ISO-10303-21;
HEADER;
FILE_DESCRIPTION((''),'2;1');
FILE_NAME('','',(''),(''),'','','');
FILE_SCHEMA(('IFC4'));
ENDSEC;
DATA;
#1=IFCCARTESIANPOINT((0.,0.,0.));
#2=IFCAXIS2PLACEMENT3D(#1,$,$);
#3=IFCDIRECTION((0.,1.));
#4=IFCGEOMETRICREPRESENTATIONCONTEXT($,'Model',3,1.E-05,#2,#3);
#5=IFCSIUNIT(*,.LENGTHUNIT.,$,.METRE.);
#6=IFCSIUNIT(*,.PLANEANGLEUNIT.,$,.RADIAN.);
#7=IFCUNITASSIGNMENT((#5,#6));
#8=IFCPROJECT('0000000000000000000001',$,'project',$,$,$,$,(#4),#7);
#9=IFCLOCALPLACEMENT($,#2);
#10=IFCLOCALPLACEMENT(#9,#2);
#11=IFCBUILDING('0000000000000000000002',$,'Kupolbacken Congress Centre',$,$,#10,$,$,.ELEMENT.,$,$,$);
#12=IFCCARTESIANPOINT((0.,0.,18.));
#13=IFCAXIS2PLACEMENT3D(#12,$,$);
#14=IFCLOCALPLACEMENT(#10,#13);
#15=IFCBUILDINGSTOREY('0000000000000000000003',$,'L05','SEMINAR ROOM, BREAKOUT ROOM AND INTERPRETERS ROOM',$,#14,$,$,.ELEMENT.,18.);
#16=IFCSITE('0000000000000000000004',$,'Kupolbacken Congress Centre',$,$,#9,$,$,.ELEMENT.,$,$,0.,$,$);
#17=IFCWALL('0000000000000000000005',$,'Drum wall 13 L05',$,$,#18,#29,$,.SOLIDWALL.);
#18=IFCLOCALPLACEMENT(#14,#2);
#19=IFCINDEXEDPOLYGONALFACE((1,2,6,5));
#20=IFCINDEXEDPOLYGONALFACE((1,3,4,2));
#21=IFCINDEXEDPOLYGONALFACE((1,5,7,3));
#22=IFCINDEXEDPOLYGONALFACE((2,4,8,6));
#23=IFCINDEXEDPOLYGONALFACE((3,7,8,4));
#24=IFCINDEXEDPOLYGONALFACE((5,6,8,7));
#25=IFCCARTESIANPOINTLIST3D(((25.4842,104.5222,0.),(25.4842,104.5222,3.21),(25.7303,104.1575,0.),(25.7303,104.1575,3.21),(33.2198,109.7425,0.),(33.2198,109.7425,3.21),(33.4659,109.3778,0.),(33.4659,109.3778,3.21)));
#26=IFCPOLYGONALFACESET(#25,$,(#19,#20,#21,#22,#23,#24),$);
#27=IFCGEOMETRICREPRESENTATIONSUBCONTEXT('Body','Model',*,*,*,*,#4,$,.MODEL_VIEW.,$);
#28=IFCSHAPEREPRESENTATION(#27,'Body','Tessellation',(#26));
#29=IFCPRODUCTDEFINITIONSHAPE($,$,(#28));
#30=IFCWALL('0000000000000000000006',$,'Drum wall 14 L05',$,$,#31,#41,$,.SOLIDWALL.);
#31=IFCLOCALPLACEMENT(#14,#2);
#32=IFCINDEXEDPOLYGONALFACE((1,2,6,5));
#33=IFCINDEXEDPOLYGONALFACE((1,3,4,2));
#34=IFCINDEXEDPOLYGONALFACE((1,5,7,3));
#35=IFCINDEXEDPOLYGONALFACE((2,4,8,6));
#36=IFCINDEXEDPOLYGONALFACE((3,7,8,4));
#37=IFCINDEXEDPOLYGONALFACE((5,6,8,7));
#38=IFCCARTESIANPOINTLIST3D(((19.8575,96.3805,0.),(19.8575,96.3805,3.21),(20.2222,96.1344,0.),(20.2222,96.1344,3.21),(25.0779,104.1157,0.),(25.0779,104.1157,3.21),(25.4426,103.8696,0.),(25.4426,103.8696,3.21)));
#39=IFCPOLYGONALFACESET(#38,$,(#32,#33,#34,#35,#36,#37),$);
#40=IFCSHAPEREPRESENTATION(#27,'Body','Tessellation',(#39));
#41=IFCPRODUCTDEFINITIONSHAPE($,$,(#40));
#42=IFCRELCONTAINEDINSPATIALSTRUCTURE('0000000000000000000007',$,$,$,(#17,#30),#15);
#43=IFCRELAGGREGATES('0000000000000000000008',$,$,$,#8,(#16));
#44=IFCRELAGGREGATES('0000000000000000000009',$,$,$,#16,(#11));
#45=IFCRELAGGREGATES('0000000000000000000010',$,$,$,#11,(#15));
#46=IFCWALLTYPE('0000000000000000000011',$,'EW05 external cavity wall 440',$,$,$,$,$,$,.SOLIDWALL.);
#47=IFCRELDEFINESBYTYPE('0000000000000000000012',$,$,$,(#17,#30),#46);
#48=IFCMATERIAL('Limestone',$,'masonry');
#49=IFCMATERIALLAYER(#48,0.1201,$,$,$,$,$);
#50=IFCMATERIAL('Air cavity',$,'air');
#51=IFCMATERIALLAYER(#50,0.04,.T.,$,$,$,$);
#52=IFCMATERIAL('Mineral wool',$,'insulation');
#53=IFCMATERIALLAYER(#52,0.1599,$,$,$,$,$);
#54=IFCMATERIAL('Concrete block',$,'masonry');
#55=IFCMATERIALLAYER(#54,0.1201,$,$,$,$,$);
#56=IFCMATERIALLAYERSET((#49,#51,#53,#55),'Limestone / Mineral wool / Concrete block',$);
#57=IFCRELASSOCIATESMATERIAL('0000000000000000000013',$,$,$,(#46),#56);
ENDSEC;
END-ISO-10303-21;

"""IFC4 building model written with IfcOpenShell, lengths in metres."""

from ifc_helpers import new_model, si_unit, direction, frame, frame_2d, origin, place, context, subcontext, project, spatial, rectangle, extrude, material, layer, layer_set, type_object, element, save


model = new_model("IFC4")

# Units and contexts
model_context = context("Model", 3, precision=1e-05, world=origin(), true_north=direction((0.0, 1.0)))
body_context = subcontext(model_context, "Body", "Model", "MODEL_VIEW")
ifc_project = project(units=[si_unit("LENGTHUNIT", "METRE"), si_unit("PLANEANGLEUNIT", "RADIAN")], contexts=[model_context])

# Site, building, storey
site_placement = place(None, origin())
site = spatial("IfcSite", under=ifc_project, at=site_placement, Name="Kupolbacken Congress Centre", CompositionType="ELEMENT", RefElevation=0.0)
building_placement = place(site_placement, origin())
building = spatial("IfcBuilding", under=site, at=building_placement, Name="Kupolbacken Congress Centre", CompositionType="ELEMENT")
storey_placement = place(building_placement, frame((0.0, 0.0, 18.0)))
storey = spatial("IfcBuildingStorey", under=building, at=storey_placement, Name="L05", Description="SEMINAR ROOM, BREAKOUT ROOM AND INTERPRETERS ROOM", CompositionType="ELEMENT", Elevation=18.0)

# Walls
ifc_material_1 = material(Name="Limestone", Category="masonry")
ifc_layer_1 = layer(ifc_material_1, 0.1201)
ifc_material_2 = material(Name="Air cavity", Category="air")
ifc_layer_2 = layer(ifc_material_2, 0.04, ventilated=True)
ifc_material_3 = material(Name="Mineral wool", Category="insulation")
ifc_layer_3 = layer(ifc_material_3, 0.1599)
ifc_material_4 = material(Name="Concrete block", Category="masonry")
ifc_layer_4 = layer(ifc_material_4, 0.1201)
ifc_layer_set_1 = layer_set([ifc_layer_1, ifc_layer_2, ifc_layer_3, ifc_layer_4], Name="Limestone / Mineral wool / Concrete block")
wall_type = type_object("IfcWallType", Name="EW05 external cavity wall 440", PredefinedType="SOLIDWALL", material=ifc_layer_set_1)
wall_1_placement = place(storey_placement, frame((33.3428, 109.5601, 0.0), z_axis=(0.0, 0.0, 1.0), x_axis=(-0.828914, -0.559376, 0.0)))
element("IfcWall", 1, at=wall_1_placement, inside=storey, type_object=wall_type, Name="Drum wall 13 L05", PredefinedType="SOLIDWALL", context=body_context, shape_type="SweptSolid", body=[
    extrude(rectangle(XDim=9.3323, YDim=0.4399, at=frame_2d((4.666, 0.0))), origin(), (0.0, 0.0, 1.0), 3.21),
])
wall_2_placement = place(storey_placement, frame((25.2603, 103.9927, 0.0), z_axis=(0.0, 0.0, 1.0), x_axis=(-0.559406, -0.828894, 0.0)))
element("IfcWall", 2, at=wall_2_placement, inside=storey, type_object=wall_type, Name="Drum wall 14 L05", PredefinedType="SOLIDWALL", context=body_context, shape_type="SweptSolid", body=[
    extrude(rectangle(XDim=9.332, YDim=0.4399, at=frame_2d((4.666, 0.0))), origin(), (0.0, 0.0, 1.0), 3.21),
])

save(model, "model.ifc")
